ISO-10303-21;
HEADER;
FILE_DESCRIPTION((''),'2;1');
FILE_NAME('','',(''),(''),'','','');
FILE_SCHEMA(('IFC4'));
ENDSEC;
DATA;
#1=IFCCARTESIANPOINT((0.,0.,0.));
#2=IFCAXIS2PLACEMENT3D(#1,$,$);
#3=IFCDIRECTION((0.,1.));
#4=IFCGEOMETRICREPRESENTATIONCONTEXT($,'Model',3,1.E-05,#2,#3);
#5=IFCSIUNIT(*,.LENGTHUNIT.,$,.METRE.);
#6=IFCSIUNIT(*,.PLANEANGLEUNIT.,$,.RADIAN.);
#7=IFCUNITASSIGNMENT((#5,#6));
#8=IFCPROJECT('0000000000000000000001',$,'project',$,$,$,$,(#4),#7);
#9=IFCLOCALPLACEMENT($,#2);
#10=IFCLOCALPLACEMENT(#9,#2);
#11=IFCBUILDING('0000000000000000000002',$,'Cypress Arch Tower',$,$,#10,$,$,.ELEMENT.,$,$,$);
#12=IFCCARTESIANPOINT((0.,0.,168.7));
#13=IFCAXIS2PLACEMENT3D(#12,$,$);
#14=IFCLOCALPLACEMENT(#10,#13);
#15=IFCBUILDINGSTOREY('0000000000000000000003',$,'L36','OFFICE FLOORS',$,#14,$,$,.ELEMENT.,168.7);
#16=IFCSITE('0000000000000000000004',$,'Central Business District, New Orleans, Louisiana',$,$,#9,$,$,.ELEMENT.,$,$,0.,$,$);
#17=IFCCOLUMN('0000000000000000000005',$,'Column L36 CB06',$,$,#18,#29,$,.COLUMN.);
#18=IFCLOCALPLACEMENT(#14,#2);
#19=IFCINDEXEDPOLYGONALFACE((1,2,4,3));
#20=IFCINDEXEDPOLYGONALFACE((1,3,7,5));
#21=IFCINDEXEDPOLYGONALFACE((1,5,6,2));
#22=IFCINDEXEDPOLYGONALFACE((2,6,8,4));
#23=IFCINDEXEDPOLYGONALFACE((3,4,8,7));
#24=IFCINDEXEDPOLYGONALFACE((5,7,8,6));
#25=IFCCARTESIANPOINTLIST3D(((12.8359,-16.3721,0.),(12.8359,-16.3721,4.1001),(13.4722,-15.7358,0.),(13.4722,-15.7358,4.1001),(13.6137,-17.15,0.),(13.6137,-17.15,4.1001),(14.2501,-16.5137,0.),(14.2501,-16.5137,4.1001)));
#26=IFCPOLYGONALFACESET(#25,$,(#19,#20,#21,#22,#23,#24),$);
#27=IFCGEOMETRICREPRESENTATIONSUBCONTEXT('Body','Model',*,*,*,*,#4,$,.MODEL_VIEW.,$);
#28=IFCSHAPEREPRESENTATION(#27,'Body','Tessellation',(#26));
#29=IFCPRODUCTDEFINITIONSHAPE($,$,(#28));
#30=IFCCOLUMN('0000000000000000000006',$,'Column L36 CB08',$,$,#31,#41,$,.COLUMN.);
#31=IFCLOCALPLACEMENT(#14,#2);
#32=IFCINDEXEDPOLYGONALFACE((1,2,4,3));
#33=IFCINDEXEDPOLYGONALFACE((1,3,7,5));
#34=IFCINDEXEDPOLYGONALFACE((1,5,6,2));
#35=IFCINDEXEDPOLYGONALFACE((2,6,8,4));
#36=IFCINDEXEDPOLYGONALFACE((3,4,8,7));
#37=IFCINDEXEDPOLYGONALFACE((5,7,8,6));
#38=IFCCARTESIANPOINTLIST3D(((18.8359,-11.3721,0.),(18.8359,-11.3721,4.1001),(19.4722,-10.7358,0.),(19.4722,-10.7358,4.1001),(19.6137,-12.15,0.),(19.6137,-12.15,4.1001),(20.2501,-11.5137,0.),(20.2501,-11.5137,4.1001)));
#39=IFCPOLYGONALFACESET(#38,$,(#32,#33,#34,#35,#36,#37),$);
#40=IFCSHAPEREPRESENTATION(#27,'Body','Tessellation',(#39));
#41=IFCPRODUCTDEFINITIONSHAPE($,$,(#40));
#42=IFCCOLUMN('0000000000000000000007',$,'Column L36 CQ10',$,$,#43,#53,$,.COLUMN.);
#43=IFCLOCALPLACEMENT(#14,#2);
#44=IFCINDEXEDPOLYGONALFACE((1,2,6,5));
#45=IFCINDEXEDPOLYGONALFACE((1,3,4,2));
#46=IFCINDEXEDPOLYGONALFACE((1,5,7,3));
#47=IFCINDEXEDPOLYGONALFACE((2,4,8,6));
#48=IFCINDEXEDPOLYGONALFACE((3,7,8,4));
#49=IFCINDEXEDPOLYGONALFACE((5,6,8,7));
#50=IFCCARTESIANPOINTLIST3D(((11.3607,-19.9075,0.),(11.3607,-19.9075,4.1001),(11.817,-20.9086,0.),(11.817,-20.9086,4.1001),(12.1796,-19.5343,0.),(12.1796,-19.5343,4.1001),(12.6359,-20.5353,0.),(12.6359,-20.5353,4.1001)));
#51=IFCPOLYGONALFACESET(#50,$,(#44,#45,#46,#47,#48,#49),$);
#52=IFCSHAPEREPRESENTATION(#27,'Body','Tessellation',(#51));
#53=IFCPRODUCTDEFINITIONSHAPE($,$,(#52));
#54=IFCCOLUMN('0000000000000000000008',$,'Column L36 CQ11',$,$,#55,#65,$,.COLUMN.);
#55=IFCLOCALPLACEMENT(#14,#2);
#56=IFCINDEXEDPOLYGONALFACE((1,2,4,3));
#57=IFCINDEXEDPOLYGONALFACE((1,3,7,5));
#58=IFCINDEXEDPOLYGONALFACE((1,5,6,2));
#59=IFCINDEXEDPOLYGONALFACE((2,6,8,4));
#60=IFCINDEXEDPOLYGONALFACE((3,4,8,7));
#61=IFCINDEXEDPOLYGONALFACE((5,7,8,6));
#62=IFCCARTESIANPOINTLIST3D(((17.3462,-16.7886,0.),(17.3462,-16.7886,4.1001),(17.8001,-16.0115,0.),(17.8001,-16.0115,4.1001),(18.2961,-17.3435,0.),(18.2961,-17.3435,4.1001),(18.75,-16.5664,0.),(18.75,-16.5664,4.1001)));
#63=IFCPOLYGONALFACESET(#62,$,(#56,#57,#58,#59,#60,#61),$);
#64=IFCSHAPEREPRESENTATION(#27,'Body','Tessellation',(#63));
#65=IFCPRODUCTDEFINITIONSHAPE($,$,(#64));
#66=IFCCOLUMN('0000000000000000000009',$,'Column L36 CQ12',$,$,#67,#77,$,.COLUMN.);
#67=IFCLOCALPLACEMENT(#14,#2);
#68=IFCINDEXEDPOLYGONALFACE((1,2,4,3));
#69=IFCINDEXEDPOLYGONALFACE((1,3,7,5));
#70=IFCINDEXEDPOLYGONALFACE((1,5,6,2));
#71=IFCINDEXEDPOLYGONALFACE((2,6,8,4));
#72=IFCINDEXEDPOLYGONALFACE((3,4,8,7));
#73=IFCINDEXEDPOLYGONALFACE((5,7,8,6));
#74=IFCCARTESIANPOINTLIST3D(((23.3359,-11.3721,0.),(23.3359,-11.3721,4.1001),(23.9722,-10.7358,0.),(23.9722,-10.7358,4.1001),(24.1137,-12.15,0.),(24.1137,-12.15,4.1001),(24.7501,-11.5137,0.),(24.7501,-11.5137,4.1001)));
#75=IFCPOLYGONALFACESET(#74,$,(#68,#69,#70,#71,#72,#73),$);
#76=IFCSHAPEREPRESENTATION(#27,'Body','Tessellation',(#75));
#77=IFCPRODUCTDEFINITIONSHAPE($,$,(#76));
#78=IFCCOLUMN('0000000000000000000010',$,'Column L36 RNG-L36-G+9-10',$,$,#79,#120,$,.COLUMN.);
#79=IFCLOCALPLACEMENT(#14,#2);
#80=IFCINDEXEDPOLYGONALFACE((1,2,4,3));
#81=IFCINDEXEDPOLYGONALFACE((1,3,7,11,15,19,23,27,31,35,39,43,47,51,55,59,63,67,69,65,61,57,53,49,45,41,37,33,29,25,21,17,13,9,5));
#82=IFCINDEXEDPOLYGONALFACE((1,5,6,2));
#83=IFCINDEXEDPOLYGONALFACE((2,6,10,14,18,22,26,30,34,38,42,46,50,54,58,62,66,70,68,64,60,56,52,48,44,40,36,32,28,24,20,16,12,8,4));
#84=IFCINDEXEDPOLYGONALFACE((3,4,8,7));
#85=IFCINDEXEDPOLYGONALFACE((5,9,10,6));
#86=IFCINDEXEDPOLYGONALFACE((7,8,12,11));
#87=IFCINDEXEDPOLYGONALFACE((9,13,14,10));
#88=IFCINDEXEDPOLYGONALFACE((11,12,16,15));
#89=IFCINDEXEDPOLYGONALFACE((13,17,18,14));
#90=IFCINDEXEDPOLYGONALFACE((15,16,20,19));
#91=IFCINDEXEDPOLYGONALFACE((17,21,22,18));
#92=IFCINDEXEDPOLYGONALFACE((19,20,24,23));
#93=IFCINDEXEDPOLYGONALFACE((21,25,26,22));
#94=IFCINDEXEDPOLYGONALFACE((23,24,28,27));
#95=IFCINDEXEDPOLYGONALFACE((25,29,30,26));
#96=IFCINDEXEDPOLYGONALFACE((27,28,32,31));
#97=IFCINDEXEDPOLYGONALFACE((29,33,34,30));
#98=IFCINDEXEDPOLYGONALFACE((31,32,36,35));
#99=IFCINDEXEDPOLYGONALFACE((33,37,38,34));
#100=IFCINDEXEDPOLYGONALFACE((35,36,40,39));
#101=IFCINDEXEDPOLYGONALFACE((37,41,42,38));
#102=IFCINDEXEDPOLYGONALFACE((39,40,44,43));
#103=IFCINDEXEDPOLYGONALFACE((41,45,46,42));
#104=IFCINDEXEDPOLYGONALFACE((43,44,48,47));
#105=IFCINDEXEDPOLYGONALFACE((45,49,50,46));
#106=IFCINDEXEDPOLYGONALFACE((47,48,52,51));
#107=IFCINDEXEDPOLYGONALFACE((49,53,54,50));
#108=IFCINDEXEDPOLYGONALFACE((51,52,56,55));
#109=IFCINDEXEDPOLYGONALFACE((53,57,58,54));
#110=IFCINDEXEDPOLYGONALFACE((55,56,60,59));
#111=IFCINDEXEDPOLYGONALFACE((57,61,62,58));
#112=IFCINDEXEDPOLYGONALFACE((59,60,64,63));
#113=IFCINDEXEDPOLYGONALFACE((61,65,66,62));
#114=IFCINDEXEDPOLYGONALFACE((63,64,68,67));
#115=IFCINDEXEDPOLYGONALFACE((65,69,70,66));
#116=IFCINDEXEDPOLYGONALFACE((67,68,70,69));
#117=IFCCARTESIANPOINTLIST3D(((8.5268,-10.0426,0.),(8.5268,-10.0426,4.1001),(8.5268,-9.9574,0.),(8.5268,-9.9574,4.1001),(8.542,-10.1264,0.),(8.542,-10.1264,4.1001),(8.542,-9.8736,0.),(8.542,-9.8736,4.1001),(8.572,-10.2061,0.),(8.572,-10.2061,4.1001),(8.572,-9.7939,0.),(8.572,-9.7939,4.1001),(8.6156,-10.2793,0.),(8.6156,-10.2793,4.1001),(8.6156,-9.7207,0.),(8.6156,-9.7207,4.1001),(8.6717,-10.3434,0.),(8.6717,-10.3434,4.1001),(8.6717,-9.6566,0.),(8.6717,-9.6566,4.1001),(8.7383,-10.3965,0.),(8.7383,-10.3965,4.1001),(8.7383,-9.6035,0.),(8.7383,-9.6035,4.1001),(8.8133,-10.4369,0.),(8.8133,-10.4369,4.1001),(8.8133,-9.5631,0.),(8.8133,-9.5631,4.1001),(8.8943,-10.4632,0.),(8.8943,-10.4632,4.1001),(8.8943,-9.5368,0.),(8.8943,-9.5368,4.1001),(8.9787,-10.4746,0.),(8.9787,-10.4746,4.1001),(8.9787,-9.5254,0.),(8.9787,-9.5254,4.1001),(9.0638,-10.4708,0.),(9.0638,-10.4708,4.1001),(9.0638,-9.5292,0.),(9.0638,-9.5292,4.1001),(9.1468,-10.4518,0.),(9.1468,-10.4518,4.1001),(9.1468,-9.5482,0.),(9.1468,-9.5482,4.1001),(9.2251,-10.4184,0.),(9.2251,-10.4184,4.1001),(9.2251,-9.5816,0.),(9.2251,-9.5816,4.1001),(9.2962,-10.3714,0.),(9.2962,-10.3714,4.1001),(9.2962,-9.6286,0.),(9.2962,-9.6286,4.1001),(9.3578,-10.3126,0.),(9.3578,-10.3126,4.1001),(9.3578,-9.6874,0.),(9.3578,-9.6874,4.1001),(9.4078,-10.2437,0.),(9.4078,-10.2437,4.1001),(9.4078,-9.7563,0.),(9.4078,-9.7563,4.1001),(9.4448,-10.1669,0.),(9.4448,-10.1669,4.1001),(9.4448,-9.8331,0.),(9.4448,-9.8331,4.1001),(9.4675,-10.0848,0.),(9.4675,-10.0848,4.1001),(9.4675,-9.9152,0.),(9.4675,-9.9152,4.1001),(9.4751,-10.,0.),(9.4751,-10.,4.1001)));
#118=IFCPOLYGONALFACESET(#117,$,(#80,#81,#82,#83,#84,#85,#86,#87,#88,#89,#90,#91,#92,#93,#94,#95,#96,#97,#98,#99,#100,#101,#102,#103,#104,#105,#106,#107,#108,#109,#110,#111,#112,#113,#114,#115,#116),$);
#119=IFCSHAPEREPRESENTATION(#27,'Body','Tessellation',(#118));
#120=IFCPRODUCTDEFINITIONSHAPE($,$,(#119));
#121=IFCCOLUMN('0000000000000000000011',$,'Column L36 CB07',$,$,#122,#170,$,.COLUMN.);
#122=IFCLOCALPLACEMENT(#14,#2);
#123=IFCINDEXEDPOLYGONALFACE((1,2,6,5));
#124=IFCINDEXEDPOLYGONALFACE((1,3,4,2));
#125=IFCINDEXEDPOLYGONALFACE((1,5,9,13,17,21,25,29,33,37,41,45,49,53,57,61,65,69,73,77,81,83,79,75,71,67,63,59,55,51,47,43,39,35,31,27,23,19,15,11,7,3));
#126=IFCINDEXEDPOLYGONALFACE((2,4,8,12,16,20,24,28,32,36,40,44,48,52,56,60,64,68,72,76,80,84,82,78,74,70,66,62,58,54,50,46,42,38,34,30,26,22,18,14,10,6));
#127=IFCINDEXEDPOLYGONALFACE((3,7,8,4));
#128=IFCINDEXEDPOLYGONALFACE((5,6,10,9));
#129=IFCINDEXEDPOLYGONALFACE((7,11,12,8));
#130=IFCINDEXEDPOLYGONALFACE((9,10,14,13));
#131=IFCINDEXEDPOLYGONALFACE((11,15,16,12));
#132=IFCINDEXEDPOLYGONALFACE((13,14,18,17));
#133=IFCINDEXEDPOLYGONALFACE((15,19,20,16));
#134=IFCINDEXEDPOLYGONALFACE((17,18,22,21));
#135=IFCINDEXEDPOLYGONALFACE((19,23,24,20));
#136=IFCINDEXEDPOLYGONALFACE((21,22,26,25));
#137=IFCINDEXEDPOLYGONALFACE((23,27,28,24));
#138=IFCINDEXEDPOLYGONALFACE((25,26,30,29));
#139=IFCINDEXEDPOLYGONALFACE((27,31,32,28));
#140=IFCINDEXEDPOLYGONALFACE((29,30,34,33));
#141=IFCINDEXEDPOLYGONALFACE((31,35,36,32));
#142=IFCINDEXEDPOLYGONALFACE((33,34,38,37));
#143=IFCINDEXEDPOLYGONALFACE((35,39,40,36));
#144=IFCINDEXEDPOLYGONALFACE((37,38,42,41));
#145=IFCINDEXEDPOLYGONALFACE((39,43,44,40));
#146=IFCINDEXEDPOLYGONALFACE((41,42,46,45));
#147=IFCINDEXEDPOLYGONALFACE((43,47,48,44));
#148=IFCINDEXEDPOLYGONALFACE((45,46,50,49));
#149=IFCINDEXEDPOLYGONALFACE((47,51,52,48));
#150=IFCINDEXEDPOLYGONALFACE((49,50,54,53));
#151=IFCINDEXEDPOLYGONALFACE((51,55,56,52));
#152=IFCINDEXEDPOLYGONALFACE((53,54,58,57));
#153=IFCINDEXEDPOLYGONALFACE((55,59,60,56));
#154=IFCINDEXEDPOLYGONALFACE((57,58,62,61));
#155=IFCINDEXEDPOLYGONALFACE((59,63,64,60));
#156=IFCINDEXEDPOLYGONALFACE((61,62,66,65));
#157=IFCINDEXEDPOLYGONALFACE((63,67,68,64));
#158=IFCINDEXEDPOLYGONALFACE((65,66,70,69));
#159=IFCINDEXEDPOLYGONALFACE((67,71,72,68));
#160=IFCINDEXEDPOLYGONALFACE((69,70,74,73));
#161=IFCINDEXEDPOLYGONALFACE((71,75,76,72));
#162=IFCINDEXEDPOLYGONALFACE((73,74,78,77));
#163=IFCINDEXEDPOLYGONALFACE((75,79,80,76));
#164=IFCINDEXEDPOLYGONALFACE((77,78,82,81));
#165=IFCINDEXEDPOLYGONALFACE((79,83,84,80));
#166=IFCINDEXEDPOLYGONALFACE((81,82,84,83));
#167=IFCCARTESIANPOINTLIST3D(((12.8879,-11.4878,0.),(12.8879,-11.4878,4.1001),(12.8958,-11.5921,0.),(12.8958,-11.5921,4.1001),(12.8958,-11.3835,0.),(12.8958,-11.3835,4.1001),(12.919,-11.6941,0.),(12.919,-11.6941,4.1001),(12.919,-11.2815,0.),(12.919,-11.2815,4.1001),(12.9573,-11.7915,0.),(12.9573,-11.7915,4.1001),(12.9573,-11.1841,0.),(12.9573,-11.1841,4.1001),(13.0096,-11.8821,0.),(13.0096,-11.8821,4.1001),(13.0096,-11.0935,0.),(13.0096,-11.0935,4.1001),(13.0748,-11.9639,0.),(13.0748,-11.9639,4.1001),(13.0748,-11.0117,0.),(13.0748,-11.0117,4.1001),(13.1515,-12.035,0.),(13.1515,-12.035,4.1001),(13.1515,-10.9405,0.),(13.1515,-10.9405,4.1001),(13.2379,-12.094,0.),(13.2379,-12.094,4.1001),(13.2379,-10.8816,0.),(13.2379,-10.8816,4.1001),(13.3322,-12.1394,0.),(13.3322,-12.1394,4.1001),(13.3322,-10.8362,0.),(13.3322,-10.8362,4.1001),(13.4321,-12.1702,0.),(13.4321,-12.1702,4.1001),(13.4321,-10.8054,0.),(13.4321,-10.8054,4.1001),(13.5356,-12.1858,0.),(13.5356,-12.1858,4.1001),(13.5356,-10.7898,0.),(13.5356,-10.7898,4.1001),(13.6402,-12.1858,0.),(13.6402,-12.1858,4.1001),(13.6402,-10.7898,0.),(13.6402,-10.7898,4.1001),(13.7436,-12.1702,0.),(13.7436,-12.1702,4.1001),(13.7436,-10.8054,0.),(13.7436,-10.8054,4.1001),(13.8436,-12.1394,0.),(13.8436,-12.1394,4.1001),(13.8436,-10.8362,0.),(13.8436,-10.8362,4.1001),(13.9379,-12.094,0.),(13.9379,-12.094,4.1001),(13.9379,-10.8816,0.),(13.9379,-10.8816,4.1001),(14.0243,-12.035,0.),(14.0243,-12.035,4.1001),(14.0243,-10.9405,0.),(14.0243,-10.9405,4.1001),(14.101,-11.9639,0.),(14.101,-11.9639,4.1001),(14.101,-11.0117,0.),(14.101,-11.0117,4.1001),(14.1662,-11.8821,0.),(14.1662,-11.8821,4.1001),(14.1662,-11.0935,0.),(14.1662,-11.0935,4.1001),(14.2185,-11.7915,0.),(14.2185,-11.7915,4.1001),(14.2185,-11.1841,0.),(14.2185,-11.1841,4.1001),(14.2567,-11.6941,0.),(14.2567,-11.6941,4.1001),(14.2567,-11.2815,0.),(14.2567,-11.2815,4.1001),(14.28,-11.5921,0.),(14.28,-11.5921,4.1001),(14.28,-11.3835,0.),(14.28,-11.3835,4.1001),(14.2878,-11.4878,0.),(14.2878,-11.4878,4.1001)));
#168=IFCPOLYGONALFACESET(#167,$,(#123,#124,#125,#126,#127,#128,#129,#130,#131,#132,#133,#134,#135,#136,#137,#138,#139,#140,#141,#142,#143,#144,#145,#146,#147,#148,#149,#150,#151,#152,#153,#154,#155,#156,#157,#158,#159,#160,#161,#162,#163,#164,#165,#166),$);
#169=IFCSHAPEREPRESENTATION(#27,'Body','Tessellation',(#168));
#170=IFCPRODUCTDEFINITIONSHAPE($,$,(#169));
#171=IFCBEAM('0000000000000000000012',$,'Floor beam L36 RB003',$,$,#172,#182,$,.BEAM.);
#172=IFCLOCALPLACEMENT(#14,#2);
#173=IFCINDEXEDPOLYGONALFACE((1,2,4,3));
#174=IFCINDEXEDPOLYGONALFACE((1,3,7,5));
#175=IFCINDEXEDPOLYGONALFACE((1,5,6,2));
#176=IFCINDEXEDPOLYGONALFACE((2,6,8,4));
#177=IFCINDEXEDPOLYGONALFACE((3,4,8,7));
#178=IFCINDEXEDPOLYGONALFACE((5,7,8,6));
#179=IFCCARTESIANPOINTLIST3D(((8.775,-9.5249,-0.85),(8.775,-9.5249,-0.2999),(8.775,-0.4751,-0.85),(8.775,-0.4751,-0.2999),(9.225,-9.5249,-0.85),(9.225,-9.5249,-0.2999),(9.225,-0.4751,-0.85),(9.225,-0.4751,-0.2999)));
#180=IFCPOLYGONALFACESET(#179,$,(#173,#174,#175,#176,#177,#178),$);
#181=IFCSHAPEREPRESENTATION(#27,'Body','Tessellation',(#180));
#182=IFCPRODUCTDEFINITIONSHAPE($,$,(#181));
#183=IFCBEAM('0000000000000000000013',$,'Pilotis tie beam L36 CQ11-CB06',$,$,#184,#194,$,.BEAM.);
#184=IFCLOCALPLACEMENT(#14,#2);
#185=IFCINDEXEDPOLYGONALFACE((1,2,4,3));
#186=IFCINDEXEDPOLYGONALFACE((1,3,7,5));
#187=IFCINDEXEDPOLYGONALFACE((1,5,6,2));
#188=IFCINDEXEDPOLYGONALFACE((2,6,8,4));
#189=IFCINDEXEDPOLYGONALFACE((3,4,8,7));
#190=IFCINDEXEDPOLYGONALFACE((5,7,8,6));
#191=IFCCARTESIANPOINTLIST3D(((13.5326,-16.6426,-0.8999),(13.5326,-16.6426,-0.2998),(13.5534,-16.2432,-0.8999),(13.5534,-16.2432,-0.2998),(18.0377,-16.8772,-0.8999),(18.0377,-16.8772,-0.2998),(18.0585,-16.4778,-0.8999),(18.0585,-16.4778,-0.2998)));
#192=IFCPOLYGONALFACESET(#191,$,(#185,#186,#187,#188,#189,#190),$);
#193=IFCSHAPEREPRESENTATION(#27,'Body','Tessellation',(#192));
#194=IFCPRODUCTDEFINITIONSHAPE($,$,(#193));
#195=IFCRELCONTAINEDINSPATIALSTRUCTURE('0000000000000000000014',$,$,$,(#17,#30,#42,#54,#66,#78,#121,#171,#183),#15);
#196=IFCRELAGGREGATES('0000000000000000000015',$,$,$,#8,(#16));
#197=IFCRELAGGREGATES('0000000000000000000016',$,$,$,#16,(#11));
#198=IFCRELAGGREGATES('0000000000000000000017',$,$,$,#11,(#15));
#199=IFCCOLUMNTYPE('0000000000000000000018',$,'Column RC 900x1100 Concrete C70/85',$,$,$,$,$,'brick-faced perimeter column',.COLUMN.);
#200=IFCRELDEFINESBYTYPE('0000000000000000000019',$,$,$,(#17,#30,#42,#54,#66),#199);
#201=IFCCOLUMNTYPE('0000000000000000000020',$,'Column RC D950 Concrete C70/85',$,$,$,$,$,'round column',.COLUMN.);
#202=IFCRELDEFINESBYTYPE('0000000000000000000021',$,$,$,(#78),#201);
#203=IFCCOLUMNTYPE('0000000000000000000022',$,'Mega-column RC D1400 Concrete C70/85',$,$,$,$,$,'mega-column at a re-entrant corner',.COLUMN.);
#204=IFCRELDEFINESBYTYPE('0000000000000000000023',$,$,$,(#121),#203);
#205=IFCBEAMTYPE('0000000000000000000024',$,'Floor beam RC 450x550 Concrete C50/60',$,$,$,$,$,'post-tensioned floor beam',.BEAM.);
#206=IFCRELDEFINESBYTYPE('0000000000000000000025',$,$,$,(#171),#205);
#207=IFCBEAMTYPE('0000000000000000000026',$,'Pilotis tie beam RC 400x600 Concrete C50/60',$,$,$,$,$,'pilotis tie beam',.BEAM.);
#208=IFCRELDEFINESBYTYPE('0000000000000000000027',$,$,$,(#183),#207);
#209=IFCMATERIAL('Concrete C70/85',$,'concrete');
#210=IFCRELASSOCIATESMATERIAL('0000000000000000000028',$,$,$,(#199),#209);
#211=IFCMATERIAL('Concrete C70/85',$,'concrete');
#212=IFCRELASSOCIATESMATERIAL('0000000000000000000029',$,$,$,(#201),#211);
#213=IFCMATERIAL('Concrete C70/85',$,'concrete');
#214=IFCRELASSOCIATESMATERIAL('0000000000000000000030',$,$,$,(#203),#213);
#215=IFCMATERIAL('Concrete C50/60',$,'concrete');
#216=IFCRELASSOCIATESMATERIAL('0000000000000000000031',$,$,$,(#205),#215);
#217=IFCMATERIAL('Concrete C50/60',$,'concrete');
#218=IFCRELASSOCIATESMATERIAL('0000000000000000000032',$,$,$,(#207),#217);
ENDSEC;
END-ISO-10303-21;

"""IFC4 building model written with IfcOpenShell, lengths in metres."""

from ifc_helpers import new_model, si_unit, direction, frame, origin, origin_2d, place, context, subcontext, project, spatial, rectangle, circle, extrude, material, material_profile, profile_set, type_object, element, save


model = new_model("IFC4")

# Units and contexts
model_context = context("Model", 3, precision=1e-05, world=origin(), true_north=direction((0.0, 1.0)))
body_context = subcontext(model_context, "Body", "Model", "MODEL_VIEW")
ifc_project = project(units=[si_unit("LENGTHUNIT", "METRE"), si_unit("PLANEANGLEUNIT", "RADIAN")], contexts=[model_context])

# Site, building, storey
site_placement = place(None, origin())
site = spatial("IfcSite", under=ifc_project, at=site_placement, Name="Central Business District, New Orleans, Louisiana", CompositionType="ELEMENT", RefElevation=0.0)
building_placement = place(site_placement, origin())
building = spatial("IfcBuilding", under=site, at=building_placement, Name="Cypress Arch Tower", CompositionType="ELEMENT")
storey_placement = place(building_placement, frame((0.0, 0.0, 168.7)))
storey = spatial("IfcBuildingStorey", under=building, at=storey_placement, Name="L36", Description="OFFICE FLOORS", CompositionType="ELEMENT", Elevation=168.7)

# Columns
ifc_material_1 = material(Name="Concrete C70/85", Category="concrete")
ifc_material_profile_1 = material_profile(ifc_material_1, rectangle(XDim=0.8999, YDim=1.1001, at=origin_2d()), Name="RC 900x1100")
ifc_profile_set_1 = profile_set([ifc_material_profile_1], Name="Concrete C70/85")
column_type_1 = type_object("IfcColumnType", Name="Column RC 900x1100 Concrete C70/85", ElementType="brick-faced perimeter column", PredefinedType="COLUMN", material=ifc_profile_set_1)
for number, where, z_axis, x_axis, name in (
    (1, (13.543, -16.4429, 0.0), (0.0, 0.0, 1.0), (0.707107, 0.707107, 0.0), "Column L36 CB06"),
    (2, (19.543, -11.4429, 0.0), (0.0, 0.0, 1.0), (0.707107, 0.707107, 0.0), "Column L36 CB08"),
    (3, (11.9983, -20.2214, 0.0), (0.0, 0.0, 1.0), (0.909932, 0.414757, 0.0), "Column L36 CQ10"),
    (4, (18.0481, -16.6775, 0.0), (0.0, 0.0, 1.0), (0.504399, 0.863471, 0.0), "Column L36 CQ11"),
    (5, (24.043, -11.4429, 0.0), (0.0, 0.0, 1.0), (0.707107, 0.707107, 0.0), "Column L36 CQ12"),
):
    element("IfcColumn", number, at=place(storey_placement, frame(where, z_axis=z_axis, x_axis=x_axis)), inside=storey, type_object=column_type_1, Name=name, PredefinedType="COLUMN", context=body_context, shape_type="SweptSolid", body=[
        extrude(rectangle(XDim=0.8999, YDim=1.1001, at=origin_2d()), origin(), (0.0, 0.0, 1.0), 4.1001),
    ])
ifc_material_2 = material(Name="Concrete C70/85", Category="concrete")
ifc_material_profile_2 = material_profile(ifc_material_2, circle(Radius=0.4751, at=origin_2d()), Name="RC D950")
ifc_profile_set_2 = profile_set([ifc_material_profile_2], Name="Concrete C70/85")
column_type_2 = type_object("IfcColumnType", Name="Column RC D950 Concrete C70/85", ElementType="round column", PredefinedType="COLUMN", material=ifc_profile_set_2)
column_1_placement = place(storey_placement, frame((9.0, -10.0, 0.0), z_axis=(0.0, 0.0, 1.0), x_axis=(1.0, 0.0, 0.0)))
element("IfcColumn", 6, at=column_1_placement, inside=storey, type_object=column_type_2, Name="Column L36 RNG-L36-G+9-10", PredefinedType="COLUMN", context=body_context, shape_type="SweptSolid", body=[
    extrude(circle(Radius=0.4751, at=origin_2d()), origin(), (0.0, 0.0, 1.0), 4.1001),
])
ifc_material_3 = material(Name="Concrete C70/85", Category="concrete")
ifc_material_profile_3 = material_profile(ifc_material_3, circle(Radius=0.7, at=origin_2d()), Name="RC D1400")
ifc_profile_set_3 = profile_set([ifc_material_profile_3], Name="Concrete C70/85")
column_type_3 = type_object("IfcColumnType", Name="Mega-column RC D1400 Concrete C70/85", ElementType="mega-column at a re-entrant corner", PredefinedType="COLUMN", material=ifc_profile_set_3)
column_2_placement = place(storey_placement, frame((13.5879, -11.4878, 0.0), z_axis=(0.0, 0.0, 1.0), x_axis=(1.0, 0.0, 0.0)))
element("IfcColumn", 7, at=column_2_placement, inside=storey, type_object=column_type_3, Name="Column L36 CB07", PredefinedType="COLUMN", context=body_context, shape_type="SweptSolid", body=[
    extrude(circle(Radius=0.7, at=origin_2d()), origin(), (0.0, 0.0, 1.0), 4.1001),
])

# Beams
ifc_material_4 = material(Name="Concrete C50/60", Category="concrete")
ifc_material_profile_4 = material_profile(ifc_material_4, rectangle(XDim=0.45, YDim=0.55, at=origin_2d()), Name="RC 450x550")
ifc_profile_set_4 = profile_set([ifc_material_profile_4], Name="Concrete C50/60")
beam_type_1 = type_object("IfcBeamType", Name="Floor beam RC 450x550 Concrete C50/60", ElementType="post-tensioned floor beam", PredefinedType="BEAM", material=ifc_profile_set_4)
beam_1_placement = place(storey_placement, frame((9.0, -9.5249, -0.575), z_axis=(0.0, 1.0, 0.0), x_axis=(-1.0, 0.0, 0.0)))
element("IfcBeam", 8, at=beam_1_placement, inside=storey, type_object=beam_type_1, Name="Floor beam L36 RB003", PredefinedType="BEAM", context=body_context, shape_type="SweptSolid", body=[
    extrude(rectangle(XDim=0.45, YDim=0.55, at=origin_2d()), origin(), (0.0, 0.0, 1.0), 9.0498),
])
ifc_material_5 = material(Name="Concrete C50/60", Category="concrete")
ifc_material_profile_5 = material_profile(ifc_material_5, rectangle(XDim=0.3999, YDim=0.6001, at=origin_2d()), Name="RC 400x600")
ifc_profile_set_5 = profile_set([ifc_material_profile_5], Name="Concrete C50/60")
beam_type_2 = type_object("IfcBeamType", Name="Pilotis tie beam RC 400x600 Concrete C50/60", ElementType="pilotis tie beam", PredefinedType="BEAM", material=ifc_profile_set_5)
beam_2_placement = place(storey_placement, frame((18.0481, -16.6775, -0.5999), z_axis=(-0.998647, 0.052008, 0.0), x_axis=(-0.052008, -0.998647, 0.0)))
element("IfcBeam", 9, at=beam_2_placement, inside=storey, type_object=beam_type_2, Name="Pilotis tie beam L36 CQ11-CB06", PredefinedType="BEAM", context=body_context, shape_type="SweptSolid", body=[
    extrude(rectangle(XDim=0.3999, YDim=0.6001, at=origin_2d()), origin(), (0.0, 0.0, 1.0), 4.5112),
])

save(model, "model.ifc")
